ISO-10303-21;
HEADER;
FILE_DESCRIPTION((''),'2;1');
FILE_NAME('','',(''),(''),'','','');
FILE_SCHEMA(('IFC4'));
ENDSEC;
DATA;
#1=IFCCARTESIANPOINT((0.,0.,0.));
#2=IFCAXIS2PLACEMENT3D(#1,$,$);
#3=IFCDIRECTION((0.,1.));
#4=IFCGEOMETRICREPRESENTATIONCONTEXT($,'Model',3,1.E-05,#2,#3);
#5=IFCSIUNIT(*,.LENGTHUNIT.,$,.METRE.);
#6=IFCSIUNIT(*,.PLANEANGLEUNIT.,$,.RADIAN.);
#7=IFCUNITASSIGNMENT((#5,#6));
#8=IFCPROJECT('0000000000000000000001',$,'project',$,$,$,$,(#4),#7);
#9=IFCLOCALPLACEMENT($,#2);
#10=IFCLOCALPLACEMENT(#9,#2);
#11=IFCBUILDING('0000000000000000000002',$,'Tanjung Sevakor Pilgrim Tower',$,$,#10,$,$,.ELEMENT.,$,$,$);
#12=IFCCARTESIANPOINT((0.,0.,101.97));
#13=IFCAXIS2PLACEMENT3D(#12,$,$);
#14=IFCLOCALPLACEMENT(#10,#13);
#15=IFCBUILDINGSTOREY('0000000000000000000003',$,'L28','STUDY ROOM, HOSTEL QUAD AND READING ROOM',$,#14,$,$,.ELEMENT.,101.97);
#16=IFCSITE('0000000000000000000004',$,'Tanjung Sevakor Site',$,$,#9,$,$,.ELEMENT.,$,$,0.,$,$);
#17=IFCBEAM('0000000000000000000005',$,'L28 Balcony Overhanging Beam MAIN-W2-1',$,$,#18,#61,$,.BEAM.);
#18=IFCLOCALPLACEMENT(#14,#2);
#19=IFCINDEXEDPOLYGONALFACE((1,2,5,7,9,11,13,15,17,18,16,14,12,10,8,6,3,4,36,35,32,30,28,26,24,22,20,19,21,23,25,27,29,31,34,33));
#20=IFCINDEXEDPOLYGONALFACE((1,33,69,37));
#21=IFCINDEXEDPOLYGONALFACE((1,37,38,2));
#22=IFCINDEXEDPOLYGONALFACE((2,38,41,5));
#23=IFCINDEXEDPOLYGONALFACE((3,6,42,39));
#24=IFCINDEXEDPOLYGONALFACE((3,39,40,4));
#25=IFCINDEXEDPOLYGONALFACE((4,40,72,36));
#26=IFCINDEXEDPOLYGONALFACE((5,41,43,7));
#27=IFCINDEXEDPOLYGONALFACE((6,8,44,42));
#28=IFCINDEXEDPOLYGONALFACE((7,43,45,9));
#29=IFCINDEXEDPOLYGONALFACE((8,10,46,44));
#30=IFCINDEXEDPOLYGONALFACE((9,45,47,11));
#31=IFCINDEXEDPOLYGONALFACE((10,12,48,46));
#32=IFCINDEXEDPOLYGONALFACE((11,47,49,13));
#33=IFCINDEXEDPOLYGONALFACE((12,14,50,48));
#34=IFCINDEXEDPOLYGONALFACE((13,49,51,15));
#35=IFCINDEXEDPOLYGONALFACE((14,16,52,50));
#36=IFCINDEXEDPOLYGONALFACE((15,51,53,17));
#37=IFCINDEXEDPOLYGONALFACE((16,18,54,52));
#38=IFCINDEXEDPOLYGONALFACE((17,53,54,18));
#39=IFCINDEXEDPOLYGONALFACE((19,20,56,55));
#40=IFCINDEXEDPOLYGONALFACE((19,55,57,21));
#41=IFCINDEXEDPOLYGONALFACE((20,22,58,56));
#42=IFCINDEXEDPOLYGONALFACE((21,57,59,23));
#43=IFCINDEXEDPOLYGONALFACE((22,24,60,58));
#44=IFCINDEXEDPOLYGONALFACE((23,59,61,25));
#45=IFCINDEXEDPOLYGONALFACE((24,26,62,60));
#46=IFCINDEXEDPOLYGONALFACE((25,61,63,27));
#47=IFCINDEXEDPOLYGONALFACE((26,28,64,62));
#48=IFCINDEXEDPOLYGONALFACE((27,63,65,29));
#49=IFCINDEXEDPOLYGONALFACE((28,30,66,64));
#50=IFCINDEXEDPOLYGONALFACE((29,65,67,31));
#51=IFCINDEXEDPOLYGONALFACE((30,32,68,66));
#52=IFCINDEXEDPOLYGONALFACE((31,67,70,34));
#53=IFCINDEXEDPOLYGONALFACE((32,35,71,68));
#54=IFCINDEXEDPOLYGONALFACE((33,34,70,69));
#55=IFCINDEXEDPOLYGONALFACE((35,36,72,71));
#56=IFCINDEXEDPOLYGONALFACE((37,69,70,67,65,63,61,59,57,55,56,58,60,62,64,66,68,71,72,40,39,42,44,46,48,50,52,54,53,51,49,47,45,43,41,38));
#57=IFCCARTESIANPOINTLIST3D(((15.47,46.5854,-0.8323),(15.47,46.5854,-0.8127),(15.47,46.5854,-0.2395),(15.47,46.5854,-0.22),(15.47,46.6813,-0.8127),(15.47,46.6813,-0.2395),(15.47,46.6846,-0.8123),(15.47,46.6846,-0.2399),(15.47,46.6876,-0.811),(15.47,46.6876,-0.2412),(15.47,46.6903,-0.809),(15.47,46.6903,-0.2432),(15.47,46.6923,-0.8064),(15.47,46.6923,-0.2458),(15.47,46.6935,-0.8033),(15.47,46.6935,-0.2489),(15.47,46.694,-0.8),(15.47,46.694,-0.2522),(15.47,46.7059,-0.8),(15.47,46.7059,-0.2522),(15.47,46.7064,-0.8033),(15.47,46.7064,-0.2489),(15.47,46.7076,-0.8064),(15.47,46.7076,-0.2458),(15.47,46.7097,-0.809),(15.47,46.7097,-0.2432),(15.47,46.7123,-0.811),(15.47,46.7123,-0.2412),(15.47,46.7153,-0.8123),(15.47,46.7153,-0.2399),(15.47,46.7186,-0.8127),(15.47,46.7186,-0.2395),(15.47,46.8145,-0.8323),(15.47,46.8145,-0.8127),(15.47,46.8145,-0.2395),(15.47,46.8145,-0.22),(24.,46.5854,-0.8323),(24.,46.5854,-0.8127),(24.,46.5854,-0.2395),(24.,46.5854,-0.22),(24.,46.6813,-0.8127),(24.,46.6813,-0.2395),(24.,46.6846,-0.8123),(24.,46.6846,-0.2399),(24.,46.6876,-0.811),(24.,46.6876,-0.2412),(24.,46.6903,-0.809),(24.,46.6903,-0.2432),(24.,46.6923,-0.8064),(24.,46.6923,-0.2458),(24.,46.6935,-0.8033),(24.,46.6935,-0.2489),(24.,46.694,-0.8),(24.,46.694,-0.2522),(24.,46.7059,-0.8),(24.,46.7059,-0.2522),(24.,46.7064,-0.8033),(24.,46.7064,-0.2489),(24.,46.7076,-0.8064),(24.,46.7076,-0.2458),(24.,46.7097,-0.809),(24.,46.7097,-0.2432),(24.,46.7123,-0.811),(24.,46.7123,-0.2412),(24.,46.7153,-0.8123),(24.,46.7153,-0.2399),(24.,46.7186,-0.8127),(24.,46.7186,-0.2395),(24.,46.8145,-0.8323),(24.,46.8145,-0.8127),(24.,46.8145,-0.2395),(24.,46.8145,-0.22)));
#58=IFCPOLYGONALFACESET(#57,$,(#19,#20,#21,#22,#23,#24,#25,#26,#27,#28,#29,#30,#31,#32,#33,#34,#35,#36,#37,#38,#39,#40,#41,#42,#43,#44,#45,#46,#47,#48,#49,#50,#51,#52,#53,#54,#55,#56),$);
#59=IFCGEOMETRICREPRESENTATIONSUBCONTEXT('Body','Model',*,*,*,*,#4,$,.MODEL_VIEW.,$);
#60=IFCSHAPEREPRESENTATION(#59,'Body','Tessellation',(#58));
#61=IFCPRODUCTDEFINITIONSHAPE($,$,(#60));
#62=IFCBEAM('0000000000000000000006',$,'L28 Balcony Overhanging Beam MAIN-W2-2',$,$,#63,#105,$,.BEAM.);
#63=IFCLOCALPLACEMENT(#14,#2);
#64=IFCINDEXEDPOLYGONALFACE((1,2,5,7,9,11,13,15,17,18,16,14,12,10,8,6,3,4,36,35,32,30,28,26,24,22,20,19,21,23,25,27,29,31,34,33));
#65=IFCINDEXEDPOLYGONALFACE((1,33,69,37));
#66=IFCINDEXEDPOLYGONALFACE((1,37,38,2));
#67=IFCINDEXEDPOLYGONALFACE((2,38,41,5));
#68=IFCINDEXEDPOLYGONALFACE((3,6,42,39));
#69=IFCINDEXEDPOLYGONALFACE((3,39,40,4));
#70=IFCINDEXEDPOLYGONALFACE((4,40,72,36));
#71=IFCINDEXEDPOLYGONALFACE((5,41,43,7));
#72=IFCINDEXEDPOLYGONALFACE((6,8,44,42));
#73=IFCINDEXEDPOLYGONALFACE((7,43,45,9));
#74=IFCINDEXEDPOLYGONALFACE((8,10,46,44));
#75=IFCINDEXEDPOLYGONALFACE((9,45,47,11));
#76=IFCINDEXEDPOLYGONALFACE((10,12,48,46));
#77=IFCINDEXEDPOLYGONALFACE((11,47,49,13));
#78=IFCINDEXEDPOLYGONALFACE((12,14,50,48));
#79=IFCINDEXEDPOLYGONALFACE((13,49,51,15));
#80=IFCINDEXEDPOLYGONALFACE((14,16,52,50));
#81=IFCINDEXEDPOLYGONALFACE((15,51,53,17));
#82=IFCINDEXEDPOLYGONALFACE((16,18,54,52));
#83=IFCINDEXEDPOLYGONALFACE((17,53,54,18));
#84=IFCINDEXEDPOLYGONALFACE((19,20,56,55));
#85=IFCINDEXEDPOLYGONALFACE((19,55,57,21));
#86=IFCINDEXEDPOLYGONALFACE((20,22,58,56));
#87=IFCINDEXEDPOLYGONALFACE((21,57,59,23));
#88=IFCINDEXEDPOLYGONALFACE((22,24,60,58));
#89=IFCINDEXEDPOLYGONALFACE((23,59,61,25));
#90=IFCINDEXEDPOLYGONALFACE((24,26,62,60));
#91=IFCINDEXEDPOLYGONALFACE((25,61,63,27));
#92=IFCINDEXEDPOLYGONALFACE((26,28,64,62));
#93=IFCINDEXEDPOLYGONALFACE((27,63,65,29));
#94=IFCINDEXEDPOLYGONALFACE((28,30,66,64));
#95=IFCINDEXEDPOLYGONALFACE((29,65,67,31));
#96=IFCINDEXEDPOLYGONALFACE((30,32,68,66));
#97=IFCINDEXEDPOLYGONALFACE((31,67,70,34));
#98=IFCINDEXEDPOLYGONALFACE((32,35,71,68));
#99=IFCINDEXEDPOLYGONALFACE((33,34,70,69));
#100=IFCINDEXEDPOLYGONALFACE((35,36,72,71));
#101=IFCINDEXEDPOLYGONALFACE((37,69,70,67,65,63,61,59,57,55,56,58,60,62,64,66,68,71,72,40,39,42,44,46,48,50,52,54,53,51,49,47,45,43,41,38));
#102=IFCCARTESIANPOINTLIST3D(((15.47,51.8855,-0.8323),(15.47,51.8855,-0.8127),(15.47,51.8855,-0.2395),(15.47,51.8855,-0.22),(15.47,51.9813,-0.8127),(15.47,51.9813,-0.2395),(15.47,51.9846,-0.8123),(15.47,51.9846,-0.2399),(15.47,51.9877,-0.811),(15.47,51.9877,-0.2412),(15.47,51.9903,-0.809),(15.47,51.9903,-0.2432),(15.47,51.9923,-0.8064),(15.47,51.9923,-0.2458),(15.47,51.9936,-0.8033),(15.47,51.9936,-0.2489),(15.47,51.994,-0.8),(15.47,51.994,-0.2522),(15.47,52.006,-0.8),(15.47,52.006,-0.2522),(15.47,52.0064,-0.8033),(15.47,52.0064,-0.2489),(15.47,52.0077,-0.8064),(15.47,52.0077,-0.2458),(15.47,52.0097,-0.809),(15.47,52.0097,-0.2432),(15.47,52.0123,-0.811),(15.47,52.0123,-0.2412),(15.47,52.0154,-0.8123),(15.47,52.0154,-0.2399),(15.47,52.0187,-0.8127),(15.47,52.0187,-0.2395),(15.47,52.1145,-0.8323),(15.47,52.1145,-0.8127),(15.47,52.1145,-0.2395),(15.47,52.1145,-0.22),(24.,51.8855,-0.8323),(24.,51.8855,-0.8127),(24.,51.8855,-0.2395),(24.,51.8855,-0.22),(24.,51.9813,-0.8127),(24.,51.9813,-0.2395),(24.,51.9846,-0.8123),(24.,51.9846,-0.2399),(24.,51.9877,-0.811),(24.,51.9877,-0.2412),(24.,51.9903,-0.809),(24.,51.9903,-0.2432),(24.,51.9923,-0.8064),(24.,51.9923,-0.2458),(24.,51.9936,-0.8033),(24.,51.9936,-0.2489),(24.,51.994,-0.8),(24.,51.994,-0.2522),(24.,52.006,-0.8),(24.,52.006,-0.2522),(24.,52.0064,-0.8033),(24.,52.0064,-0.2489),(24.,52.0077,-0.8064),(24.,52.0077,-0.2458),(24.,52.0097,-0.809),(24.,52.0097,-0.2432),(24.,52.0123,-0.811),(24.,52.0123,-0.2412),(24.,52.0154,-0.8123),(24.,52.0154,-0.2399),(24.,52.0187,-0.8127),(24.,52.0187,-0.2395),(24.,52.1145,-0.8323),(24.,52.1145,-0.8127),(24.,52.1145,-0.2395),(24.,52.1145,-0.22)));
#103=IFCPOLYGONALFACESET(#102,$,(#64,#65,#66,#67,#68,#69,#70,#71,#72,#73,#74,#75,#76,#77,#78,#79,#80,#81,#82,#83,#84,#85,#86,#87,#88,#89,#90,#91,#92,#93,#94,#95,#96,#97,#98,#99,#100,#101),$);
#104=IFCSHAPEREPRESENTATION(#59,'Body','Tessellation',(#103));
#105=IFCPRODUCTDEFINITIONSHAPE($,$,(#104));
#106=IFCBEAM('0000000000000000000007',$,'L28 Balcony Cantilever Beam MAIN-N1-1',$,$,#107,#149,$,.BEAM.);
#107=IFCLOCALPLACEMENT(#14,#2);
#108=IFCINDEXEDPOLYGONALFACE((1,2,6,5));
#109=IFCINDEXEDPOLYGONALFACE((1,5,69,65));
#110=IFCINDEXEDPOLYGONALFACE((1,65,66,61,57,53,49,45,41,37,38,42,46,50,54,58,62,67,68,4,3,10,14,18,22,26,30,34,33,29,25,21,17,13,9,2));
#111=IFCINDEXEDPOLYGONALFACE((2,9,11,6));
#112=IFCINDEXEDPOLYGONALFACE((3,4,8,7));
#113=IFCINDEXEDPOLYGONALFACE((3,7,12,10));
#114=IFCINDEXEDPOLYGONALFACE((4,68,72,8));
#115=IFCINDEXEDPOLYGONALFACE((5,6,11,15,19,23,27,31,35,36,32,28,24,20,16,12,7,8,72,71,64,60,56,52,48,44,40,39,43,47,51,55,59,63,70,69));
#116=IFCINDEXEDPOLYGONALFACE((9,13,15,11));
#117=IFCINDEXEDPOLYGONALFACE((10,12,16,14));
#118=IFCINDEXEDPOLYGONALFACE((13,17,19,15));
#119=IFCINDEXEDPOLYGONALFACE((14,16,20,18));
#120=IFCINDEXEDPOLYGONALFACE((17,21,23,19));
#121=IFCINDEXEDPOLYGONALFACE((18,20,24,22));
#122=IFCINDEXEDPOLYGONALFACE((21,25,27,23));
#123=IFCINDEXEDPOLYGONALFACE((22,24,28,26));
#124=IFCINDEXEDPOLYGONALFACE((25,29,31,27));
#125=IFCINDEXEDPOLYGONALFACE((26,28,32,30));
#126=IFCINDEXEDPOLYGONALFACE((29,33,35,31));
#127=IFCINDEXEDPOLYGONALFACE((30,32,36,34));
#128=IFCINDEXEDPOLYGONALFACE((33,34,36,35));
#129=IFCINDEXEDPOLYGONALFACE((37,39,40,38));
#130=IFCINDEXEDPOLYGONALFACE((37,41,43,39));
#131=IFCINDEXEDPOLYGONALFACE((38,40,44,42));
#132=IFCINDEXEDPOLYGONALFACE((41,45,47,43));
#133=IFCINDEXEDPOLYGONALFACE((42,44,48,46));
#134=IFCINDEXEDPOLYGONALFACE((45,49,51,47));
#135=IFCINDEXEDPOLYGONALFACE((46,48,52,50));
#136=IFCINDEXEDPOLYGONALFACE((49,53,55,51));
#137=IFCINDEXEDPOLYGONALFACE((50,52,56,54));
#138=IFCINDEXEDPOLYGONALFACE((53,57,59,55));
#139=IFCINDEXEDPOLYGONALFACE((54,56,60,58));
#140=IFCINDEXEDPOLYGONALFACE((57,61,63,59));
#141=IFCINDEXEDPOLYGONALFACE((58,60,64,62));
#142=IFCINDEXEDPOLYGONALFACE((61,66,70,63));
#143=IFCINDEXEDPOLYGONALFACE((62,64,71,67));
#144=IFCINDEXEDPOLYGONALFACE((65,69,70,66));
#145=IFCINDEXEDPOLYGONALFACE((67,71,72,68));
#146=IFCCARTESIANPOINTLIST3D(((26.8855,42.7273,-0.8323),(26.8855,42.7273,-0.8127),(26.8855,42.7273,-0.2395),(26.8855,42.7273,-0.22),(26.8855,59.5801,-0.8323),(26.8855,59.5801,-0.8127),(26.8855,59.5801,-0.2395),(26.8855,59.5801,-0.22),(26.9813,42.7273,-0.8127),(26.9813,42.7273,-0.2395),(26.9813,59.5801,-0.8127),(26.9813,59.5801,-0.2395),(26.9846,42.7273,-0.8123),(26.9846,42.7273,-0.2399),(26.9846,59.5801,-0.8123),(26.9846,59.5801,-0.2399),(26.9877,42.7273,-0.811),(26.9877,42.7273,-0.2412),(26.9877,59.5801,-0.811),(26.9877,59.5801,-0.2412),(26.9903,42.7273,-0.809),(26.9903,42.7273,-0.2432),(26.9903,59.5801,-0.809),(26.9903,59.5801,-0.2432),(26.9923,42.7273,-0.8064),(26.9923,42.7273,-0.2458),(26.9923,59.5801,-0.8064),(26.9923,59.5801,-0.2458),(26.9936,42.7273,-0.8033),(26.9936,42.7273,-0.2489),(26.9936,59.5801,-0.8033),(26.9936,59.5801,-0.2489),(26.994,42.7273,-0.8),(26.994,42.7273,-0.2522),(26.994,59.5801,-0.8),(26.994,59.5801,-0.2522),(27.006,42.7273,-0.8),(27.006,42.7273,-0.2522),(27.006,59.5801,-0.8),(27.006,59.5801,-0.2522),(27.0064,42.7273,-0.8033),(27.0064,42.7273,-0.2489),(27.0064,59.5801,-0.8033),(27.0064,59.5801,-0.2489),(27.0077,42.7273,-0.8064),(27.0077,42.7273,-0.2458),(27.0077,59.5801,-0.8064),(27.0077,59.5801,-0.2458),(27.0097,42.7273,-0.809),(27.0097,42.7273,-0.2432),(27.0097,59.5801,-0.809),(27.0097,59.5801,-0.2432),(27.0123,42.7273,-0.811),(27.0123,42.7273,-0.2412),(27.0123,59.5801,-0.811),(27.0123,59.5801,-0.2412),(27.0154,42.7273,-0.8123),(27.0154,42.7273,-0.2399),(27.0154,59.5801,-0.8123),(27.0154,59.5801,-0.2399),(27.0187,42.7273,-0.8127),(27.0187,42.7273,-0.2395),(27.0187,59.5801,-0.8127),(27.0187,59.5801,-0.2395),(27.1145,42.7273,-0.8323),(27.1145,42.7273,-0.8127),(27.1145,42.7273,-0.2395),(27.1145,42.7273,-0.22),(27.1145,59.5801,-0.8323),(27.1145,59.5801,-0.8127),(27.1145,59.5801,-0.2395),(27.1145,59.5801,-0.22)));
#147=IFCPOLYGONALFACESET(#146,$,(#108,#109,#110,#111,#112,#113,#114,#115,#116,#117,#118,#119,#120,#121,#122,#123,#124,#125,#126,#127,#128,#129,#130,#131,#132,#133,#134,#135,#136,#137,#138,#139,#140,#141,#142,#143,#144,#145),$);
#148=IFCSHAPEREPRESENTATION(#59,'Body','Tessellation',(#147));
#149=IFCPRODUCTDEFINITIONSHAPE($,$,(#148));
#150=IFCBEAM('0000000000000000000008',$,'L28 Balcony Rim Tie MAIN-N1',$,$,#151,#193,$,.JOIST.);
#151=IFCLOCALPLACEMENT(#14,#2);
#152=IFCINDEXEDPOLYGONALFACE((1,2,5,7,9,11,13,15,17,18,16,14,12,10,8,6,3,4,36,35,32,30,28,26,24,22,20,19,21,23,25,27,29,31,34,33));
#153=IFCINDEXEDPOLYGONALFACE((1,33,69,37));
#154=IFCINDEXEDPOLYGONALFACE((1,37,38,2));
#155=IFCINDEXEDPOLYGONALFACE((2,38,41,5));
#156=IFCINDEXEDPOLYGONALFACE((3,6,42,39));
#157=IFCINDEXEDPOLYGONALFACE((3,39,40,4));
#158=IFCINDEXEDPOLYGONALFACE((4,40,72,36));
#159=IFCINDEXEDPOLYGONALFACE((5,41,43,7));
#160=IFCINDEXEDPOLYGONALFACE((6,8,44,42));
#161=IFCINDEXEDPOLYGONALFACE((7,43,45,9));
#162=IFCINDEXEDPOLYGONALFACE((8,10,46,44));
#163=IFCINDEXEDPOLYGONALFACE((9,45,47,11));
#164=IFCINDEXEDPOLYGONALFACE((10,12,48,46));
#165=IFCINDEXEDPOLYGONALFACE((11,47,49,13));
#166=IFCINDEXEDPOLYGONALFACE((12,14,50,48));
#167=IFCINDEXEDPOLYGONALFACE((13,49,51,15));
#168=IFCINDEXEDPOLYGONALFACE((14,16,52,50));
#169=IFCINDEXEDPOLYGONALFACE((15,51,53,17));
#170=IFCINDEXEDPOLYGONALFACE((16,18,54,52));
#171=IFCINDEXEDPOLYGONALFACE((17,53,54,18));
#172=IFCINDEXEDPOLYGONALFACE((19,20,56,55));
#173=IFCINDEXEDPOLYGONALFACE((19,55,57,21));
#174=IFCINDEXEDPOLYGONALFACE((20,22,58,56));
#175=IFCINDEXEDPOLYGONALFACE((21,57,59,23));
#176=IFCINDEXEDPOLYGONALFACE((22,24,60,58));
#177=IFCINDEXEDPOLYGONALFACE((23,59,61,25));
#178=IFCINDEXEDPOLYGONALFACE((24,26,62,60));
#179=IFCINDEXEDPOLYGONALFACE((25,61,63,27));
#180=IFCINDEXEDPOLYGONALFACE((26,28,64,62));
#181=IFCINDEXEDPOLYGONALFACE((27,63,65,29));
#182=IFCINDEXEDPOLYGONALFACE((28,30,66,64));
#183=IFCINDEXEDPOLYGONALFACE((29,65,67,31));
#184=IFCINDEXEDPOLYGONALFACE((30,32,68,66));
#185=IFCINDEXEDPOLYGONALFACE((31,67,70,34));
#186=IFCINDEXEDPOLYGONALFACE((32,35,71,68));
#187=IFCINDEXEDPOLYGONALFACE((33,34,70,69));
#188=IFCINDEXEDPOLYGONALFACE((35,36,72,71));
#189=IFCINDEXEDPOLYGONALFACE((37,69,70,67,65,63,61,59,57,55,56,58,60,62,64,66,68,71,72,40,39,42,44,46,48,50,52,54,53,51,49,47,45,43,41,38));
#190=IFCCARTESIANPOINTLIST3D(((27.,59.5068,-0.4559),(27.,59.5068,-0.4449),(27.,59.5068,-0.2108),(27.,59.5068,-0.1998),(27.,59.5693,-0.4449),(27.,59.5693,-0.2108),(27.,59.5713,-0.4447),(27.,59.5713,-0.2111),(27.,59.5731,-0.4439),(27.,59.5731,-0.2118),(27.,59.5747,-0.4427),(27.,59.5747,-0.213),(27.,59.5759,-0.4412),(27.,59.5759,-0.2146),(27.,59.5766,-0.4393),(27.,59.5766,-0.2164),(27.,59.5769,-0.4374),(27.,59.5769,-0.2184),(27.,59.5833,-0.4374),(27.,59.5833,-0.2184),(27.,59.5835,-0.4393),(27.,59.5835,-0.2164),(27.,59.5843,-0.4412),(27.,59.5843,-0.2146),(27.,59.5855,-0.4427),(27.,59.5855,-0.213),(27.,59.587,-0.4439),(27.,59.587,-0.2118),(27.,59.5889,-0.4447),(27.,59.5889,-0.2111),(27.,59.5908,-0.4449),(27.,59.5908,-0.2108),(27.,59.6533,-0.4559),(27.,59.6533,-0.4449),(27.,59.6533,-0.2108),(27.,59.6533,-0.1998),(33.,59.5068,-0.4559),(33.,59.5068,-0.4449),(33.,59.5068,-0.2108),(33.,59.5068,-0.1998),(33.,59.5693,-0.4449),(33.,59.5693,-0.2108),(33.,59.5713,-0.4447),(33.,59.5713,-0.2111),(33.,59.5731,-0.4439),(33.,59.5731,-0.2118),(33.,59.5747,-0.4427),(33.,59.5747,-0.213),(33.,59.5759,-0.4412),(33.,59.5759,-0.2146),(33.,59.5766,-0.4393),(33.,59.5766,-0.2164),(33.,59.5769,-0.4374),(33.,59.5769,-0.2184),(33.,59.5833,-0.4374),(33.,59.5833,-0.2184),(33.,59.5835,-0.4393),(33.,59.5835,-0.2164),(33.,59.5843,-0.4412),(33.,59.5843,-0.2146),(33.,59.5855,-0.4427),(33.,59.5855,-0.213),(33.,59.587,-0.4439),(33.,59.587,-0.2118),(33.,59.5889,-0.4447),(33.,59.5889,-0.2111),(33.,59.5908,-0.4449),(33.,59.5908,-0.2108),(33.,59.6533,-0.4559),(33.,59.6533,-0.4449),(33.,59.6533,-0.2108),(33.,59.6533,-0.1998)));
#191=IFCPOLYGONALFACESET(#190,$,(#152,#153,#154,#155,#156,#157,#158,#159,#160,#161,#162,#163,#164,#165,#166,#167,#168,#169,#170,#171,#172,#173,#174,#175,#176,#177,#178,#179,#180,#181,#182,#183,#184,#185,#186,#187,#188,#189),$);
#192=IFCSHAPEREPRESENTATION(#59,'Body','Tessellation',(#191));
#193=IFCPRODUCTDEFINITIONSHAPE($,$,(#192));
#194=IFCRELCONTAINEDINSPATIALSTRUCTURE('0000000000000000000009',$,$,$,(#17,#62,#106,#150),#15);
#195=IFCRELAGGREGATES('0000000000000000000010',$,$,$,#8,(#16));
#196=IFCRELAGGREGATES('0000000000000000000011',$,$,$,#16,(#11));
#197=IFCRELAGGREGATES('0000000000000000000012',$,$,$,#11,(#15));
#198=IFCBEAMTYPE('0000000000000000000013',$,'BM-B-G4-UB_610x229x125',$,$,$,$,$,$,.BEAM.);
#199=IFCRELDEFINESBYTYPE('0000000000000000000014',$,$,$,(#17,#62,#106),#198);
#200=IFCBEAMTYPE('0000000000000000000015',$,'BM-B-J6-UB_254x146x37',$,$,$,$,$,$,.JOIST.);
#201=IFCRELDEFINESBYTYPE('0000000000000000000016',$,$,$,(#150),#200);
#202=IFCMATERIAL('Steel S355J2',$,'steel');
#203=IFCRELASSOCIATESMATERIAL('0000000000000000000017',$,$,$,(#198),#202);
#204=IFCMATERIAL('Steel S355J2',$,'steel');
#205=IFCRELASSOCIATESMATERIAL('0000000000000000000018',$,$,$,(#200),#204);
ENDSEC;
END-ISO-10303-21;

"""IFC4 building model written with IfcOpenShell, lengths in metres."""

from ifc_helpers import new_model, si_unit, direction, frame, origin, origin_2d, place, context, subcontext, project, spatial, i_section, extrude, material, material_profile, profile_set, type_object, element, save


model = new_model("IFC4")

# Units and contexts
model_context = context("Model", 3, precision=1e-05, world=origin(), true_north=direction((0.0, 1.0)))
body_context = subcontext(model_context, "Body", "Model", "MODEL_VIEW")
ifc_project = project(units=[si_unit("LENGTHUNIT", "METRE"), si_unit("PLANEANGLEUNIT", "RADIAN")], contexts=[model_context])

# Site, building, storey
site_placement = place(None, origin())
site = spatial("IfcSite", under=ifc_project, at=site_placement, Name="Tanjung Sevakor Site", CompositionType="ELEMENT", RefElevation=0.0)
building_placement = place(site_placement, origin())
building = spatial("IfcBuilding", under=site, at=building_placement, Name="Tanjung Sevakor Pilgrim Tower", CompositionType="ELEMENT")
storey_placement = place(building_placement, frame((0.0, 0.0, 101.97)))
storey = spatial("IfcBuildingStorey", under=building, at=storey_placement, Name="L28", Description="STUDY ROOM, HOSTEL QUAD AND READING ROOM", CompositionType="ELEMENT", Elevation=101.97)

# Beams
ifc_material_1 = material(Name="Steel S355J2", Category="steel")
ifc_material_profile_1 = material_profile(ifc_material_1, i_section(OverallWidth=0.229, OverallDepth=0.6123, WebThickness=0.012, FlangeThickness=0.0195, FilletRadius=0.0127, at=origin_2d()))
ifc_profile_set_1 = profile_set([ifc_material_profile_1], Name="Steel S355J2")
beam_type_1 = type_object("IfcBeamType", Name="BM-B-G4-UB_610x229x125", PredefinedType="BEAM", material=ifc_profile_set_1)
for number, where, z_axis, x_axis, name in (
    (1, (24.0, 46.7, -0.5261), (-1.0, 0.0, 0.0), (0.0, -1.0, 0.0), "L28 Balcony Overhanging Beam MAIN-W2-1"),
    (2, (24.0, 52.0, -0.5261), (-1.0, 0.0, 0.0), (0.0, -1.0, 0.0), "L28 Balcony Overhanging Beam MAIN-W2-2"),
):
    element("IfcBeam", number, at=place(storey_placement, frame(where, z_axis=z_axis, x_axis=x_axis)), inside=storey, type_object=beam_type_1, Name=name, PredefinedType="BEAM", context=body_context, shape_type="SweptSolid", body=[
        extrude(i_section(OverallWidth=0.229, OverallDepth=0.6123, WebThickness=0.012, FlangeThickness=0.0195, FilletRadius=0.0127, at=origin_2d()), origin(), (0.0, 0.0, 1.0), 8.53),
    ])
beam_1_placement = place(storey_placement, frame((27.0, 42.7273, -0.5261), z_axis=(0.0, 1.0, 0.0), x_axis=(-1.0, 0.0, 0.0)))
element("IfcBeam", 3, at=beam_1_placement, inside=storey, type_object=beam_type_1, Name="L28 Balcony Cantilever Beam MAIN-N1-1", PredefinedType="BEAM", context=body_context, shape_type="SweptSolid", body=[
    extrude(i_section(OverallWidth=0.229, OverallDepth=0.6123, WebThickness=0.012, FlangeThickness=0.0195, FilletRadius=0.0127, at=origin_2d()), origin(), (0.0, 0.0, 1.0), 16.8528),
])
ifc_material_2 = material(Name="Steel S355J2", Category="steel")
ifc_material_profile_2 = material_profile(ifc_material_2, i_section(OverallWidth=0.1465, OverallDepth=0.2561, WebThickness=0.0063, FlangeThickness=0.011, FilletRadius=0.0076, at=origin_2d()))
ifc_profile_set_2 = profile_set([ifc_material_profile_2], Name="Steel S355J2")
beam_type_2 = type_object("IfcBeamType", Name="BM-B-J6-UB_254x146x37", PredefinedType="JOIST", material=ifc_profile_set_2)
beam_2_placement = place(storey_placement, frame((27.0, 59.5801, -0.3279), z_axis=(1.0, 0.0, 0.0), x_axis=(0.0, 1.0, 0.0)))
element("IfcBeam", 4, at=beam_2_placement, inside=storey, type_object=beam_type_2, Name="L28 Balcony Rim Tie MAIN-N1", PredefinedType="JOIST", context=body_context, shape_type="SweptSolid", body=[
    extrude(i_section(OverallWidth=0.1465, OverallDepth=0.2561, WebThickness=0.0063, FlangeThickness=0.011, FilletRadius=0.0076, at=origin_2d()), origin(), (0.0, 0.0, 1.0), 6.0),
])

save(model, "model.ifc")
